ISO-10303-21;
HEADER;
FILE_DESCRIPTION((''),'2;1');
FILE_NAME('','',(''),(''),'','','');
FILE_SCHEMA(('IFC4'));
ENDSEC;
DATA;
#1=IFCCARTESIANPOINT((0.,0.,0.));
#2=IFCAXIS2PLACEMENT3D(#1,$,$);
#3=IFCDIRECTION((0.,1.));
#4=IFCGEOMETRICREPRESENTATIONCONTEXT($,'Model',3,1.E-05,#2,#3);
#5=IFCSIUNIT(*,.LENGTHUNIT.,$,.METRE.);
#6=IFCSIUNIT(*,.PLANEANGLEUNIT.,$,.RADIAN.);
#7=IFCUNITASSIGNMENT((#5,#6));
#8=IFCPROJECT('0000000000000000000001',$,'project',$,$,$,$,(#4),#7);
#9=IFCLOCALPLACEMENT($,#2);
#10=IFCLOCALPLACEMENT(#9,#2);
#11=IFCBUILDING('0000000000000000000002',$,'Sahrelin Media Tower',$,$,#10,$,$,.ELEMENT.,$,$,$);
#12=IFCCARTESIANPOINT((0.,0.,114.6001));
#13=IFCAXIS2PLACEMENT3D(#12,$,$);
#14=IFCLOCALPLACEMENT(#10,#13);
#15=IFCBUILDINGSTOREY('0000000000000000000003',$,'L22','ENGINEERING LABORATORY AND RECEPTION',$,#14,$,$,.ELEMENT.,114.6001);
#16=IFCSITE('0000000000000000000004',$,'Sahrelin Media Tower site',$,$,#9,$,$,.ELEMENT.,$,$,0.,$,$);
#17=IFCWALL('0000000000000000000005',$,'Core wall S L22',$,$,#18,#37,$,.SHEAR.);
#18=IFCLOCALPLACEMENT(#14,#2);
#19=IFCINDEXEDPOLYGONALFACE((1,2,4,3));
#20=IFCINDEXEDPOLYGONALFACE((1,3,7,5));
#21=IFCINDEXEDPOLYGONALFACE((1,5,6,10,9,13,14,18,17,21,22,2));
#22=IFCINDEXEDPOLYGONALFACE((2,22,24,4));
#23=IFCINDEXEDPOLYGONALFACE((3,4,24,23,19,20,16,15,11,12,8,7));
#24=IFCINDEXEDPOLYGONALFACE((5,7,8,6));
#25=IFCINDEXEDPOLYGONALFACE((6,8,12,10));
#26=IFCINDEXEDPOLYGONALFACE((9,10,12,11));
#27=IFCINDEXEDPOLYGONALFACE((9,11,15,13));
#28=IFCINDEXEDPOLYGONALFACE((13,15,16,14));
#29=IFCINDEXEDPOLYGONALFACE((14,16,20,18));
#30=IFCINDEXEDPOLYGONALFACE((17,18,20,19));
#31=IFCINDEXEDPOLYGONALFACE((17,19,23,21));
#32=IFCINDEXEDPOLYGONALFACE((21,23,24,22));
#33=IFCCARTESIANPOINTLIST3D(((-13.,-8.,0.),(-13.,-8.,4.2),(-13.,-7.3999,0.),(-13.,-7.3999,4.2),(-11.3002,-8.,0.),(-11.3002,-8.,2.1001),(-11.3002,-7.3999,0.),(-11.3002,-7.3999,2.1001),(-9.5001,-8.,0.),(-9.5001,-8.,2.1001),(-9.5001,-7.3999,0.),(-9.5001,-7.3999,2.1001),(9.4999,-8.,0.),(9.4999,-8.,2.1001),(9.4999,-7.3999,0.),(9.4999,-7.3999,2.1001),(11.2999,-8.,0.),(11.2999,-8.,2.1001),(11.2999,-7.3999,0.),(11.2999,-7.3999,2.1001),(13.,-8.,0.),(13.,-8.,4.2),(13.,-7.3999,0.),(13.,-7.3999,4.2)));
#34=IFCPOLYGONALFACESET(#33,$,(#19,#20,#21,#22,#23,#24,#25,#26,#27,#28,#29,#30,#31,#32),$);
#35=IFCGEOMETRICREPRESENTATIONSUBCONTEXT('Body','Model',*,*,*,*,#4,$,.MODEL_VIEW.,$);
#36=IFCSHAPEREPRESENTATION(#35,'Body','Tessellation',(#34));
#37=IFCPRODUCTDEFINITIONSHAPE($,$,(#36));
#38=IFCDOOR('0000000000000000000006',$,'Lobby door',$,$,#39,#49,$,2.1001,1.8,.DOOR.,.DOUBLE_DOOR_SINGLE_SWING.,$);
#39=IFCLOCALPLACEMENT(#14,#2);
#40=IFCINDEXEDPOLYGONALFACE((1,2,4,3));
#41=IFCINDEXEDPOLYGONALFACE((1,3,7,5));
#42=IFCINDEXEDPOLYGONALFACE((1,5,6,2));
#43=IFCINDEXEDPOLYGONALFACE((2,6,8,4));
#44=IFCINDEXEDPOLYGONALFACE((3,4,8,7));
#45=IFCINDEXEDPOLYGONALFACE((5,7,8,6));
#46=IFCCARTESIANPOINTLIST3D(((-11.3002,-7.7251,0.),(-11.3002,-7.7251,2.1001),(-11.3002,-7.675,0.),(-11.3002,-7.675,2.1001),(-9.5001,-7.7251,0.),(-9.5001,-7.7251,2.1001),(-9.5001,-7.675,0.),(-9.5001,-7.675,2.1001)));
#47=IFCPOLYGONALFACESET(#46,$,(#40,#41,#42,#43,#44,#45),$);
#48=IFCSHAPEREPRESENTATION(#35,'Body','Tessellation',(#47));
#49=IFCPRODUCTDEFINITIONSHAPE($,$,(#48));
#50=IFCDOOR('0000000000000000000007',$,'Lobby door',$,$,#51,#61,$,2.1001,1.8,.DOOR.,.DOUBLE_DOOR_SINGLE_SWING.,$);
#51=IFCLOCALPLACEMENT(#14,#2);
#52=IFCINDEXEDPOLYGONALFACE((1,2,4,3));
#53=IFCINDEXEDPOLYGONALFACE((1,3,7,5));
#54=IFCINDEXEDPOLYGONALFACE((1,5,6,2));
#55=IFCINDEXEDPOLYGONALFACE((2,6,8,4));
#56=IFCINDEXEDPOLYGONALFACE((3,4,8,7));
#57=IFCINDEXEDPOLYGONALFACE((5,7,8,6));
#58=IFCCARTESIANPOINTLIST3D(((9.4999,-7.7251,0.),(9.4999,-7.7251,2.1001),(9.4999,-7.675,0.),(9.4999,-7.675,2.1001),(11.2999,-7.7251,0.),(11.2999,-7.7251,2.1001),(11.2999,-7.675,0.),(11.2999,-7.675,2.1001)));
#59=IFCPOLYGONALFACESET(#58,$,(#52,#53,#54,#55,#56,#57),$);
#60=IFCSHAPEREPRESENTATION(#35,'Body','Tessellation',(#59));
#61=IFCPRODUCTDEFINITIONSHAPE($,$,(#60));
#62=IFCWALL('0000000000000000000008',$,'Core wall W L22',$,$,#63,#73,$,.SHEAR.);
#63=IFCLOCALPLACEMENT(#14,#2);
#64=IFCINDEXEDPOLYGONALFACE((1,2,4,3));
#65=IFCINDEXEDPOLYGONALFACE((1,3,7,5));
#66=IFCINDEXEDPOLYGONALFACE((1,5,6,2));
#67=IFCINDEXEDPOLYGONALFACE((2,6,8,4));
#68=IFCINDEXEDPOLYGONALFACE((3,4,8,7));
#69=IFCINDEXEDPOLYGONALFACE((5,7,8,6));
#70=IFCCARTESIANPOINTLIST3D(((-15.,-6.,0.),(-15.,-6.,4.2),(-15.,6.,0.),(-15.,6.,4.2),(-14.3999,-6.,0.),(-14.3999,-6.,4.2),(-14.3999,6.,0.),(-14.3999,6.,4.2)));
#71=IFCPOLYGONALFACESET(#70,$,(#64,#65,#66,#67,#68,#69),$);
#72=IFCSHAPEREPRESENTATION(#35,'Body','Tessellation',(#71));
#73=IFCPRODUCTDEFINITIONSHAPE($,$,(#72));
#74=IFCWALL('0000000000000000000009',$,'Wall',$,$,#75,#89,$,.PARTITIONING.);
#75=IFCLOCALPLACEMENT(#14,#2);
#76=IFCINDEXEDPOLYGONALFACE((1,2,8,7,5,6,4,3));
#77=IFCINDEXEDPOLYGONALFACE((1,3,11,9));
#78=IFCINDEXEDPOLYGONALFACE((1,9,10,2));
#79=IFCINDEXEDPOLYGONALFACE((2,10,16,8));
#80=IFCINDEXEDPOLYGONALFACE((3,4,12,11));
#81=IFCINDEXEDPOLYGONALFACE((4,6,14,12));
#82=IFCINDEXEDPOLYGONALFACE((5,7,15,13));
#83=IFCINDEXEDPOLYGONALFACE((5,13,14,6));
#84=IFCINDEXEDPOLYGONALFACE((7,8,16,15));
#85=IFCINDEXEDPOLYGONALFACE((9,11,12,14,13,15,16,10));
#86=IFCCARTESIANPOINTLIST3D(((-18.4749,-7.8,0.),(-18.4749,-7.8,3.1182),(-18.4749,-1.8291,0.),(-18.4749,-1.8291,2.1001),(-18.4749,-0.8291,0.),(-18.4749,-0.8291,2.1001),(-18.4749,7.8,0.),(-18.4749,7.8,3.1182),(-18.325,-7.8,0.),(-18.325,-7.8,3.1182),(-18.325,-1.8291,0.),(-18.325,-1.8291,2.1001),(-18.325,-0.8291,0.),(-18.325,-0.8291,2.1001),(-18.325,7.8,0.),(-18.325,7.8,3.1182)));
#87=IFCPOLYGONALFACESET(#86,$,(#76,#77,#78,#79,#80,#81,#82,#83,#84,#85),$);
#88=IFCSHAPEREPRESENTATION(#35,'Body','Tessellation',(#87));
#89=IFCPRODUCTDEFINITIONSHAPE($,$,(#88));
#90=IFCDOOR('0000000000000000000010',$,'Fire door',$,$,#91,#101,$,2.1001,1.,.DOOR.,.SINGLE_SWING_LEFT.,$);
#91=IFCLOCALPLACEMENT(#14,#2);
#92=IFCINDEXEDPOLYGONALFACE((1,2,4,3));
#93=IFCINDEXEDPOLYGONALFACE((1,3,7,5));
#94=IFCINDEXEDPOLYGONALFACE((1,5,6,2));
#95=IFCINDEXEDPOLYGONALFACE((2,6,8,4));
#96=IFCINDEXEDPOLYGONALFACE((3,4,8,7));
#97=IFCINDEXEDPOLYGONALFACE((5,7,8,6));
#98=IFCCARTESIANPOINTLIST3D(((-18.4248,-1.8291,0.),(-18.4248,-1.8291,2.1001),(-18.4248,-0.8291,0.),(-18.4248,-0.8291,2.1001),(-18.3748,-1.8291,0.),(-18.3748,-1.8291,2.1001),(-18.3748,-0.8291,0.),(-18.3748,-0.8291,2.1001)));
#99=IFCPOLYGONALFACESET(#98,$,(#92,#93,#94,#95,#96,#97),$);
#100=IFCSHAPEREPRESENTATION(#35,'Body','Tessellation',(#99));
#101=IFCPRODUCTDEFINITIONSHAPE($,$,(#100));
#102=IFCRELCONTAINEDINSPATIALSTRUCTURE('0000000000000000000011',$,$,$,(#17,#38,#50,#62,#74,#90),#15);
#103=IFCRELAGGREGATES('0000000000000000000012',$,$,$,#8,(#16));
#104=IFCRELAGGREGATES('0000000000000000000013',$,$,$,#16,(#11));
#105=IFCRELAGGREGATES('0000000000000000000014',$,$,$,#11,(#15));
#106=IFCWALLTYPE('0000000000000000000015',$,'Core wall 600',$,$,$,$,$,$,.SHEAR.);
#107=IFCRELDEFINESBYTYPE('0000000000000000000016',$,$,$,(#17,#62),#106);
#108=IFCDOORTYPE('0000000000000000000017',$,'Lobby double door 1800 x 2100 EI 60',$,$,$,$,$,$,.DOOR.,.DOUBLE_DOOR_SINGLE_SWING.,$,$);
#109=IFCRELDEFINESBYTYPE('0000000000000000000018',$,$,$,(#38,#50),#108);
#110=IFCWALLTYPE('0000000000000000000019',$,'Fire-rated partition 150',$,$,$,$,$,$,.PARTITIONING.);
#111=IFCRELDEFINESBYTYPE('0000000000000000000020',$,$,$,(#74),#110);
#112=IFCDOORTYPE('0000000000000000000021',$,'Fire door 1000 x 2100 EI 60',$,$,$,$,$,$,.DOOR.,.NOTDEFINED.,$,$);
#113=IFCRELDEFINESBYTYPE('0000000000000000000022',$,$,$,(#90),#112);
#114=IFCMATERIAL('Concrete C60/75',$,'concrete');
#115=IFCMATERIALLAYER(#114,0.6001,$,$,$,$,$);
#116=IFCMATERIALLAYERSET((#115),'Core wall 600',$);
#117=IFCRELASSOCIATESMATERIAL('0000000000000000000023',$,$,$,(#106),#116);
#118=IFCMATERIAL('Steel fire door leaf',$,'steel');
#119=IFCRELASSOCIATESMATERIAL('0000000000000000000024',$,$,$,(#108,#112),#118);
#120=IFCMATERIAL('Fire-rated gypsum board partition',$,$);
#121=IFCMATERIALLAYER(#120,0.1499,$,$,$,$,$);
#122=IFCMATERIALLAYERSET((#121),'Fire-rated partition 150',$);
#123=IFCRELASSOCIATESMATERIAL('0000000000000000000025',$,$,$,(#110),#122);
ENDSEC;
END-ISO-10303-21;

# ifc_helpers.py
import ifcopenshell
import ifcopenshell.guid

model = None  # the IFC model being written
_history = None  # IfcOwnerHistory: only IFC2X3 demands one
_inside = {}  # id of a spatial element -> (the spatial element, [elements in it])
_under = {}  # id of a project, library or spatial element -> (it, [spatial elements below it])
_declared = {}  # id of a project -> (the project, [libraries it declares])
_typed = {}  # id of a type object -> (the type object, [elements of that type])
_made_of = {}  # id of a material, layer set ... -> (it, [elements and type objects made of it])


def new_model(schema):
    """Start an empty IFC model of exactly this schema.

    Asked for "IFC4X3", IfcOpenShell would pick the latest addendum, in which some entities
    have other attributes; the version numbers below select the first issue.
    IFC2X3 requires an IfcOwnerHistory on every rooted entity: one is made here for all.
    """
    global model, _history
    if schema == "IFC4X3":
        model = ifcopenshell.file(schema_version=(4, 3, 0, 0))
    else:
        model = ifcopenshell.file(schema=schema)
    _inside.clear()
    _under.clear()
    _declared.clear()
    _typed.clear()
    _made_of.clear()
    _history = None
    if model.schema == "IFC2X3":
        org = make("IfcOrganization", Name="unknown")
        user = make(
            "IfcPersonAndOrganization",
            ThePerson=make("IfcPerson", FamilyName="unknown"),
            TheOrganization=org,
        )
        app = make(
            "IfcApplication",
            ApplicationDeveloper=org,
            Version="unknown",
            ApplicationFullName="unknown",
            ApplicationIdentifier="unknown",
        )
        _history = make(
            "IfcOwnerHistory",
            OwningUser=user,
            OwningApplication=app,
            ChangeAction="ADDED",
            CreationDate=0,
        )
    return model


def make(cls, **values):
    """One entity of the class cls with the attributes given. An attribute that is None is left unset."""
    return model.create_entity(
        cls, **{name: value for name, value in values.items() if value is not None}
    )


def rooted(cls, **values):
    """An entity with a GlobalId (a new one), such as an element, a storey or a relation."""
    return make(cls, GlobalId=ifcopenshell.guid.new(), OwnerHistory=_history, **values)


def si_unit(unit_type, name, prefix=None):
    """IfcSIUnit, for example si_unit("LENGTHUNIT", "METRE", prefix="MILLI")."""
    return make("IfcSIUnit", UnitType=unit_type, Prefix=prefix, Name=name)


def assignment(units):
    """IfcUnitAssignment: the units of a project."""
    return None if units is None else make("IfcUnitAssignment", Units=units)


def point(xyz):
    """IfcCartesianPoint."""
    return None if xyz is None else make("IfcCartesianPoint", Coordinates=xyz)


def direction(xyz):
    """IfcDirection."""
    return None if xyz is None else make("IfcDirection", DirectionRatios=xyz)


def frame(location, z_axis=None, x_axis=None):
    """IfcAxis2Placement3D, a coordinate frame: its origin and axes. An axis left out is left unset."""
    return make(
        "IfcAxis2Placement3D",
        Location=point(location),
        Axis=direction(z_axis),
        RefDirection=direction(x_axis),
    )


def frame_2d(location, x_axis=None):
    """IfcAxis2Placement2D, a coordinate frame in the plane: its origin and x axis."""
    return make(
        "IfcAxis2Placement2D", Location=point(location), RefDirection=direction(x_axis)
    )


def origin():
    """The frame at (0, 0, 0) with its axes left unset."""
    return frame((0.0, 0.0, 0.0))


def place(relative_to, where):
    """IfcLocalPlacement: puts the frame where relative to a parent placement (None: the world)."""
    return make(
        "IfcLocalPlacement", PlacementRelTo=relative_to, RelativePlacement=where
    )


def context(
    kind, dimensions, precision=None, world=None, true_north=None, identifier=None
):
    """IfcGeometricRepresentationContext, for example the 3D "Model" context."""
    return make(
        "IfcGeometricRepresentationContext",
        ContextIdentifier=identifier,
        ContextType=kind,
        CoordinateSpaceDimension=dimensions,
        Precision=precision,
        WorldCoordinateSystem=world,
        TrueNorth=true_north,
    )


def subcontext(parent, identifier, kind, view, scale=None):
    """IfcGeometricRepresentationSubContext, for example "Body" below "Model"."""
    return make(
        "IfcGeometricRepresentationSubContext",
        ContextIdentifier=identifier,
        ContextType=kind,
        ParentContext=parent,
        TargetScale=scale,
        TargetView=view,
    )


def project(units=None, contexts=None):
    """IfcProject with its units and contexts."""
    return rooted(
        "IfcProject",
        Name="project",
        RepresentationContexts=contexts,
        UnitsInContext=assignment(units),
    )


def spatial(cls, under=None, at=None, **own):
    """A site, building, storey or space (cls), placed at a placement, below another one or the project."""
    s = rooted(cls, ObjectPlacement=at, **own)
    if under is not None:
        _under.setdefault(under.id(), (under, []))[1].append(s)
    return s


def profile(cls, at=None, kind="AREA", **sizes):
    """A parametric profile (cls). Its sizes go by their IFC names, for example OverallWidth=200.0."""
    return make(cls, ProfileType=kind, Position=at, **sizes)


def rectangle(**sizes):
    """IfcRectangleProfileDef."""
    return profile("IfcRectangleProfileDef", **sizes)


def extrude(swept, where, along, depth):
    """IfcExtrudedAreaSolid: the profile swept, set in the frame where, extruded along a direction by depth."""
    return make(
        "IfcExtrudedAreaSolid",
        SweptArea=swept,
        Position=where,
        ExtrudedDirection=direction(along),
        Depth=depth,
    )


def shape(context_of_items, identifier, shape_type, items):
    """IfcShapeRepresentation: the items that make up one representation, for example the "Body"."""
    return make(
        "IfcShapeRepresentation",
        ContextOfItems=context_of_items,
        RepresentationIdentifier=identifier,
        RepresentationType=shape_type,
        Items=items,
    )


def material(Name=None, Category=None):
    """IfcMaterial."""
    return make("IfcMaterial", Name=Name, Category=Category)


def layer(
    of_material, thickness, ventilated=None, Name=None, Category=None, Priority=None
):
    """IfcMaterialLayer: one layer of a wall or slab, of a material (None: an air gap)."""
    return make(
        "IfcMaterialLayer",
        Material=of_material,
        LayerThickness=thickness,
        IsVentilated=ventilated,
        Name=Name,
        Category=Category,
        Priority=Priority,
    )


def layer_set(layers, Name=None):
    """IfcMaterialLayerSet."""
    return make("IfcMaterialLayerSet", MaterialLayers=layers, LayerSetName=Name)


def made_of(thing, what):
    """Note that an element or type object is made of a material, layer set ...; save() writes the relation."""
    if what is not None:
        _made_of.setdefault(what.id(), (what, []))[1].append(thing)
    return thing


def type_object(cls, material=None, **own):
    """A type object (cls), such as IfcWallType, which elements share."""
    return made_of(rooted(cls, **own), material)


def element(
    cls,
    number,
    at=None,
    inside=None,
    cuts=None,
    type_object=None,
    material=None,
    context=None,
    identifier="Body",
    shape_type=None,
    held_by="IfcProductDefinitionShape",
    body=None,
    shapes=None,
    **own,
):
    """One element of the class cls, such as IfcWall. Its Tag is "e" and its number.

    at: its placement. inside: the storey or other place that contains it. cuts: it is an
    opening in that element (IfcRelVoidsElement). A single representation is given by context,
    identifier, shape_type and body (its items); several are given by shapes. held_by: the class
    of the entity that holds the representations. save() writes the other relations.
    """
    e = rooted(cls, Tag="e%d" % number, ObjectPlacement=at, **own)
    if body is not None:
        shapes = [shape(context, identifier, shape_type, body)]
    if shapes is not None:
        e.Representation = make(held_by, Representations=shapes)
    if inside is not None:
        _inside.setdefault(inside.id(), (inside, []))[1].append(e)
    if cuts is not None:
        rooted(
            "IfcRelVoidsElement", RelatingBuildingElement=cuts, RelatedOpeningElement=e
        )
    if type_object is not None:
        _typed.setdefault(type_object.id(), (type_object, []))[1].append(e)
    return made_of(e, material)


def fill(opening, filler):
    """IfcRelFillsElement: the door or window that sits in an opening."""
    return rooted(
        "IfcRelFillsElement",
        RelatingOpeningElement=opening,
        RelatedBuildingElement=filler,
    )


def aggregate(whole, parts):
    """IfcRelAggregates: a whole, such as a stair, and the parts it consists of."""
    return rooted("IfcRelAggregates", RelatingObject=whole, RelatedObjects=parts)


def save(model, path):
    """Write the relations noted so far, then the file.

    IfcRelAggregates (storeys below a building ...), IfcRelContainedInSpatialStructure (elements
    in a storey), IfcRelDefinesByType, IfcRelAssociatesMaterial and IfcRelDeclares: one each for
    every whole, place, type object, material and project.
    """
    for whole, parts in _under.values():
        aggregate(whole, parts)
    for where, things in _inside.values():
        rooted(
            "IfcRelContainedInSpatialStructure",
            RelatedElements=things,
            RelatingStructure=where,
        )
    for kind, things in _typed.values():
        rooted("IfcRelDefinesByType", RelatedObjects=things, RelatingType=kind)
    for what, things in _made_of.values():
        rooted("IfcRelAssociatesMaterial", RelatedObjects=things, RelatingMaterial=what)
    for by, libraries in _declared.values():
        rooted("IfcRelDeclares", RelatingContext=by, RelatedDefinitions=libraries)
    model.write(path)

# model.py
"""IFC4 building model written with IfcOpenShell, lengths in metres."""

from ifc_helpers import new_model, si_unit, direction, frame, frame_2d, origin, place, context, subcontext, project, spatial, rectangle, extrude, material, layer, layer_set, type_object, element, fill, save


model = new_model("IFC4")

# Units and contexts
model_context = context("Model", 3, precision=1e-05, world=origin(), true_north=direction((0.0, 1.0)))
body_context = subcontext(model_context, "Body", "Model", "MODEL_VIEW")
ifc_project = project(units=[si_unit("LENGTHUNIT", "METRE"), si_unit("PLANEANGLEUNIT", "RADIAN")], contexts=[model_context])

# Site, building, storey
site_placement = place(None, origin())
site = spatial("IfcSite", under=ifc_project, at=site_placement, Name="Sahrelin Media Tower site", CompositionType="ELEMENT", RefElevation=0.0)
building_placement = place(site_placement, origin())
building = spatial("IfcBuilding", under=site, at=building_placement, Name="Sahrelin Media Tower", CompositionType="ELEMENT")
storey_placement = place(building_placement, frame((0.0, 0.0, 114.6001)))
storey = spatial("IfcBuildingStorey", under=building, at=storey_placement, Name="L22", Description="ENGINEERING LABORATORY AND RECEPTION", CompositionType="ELEMENT", Elevation=114.6001)

# Wall, openings, doors
ifc_material_1 = material(Name="Concrete C60/75", Category="concrete")
ifc_layer_1 = layer(ifc_material_1, 0.6001)
ifc_layer_set_1 = layer_set([ifc_layer_1], Name="Core wall 600")
wall_type_1 = type_object("IfcWallType", Name="Core wall 600", PredefinedType="SHEAR", material=ifc_layer_set_1)
wall_1_placement = place(storey_placement, frame((-13.0, -7.7, 0.0), z_axis=(0.0, 0.0, 1.0), x_axis=(1.0, 0.0, 0.0)))
wall_1 = element("IfcWall", 1, at=wall_1_placement, inside=storey, type_object=wall_type_1, Name="Core wall S L22", PredefinedType="SHEAR", context=body_context, shape_type="SweptSolid", body=[
    extrude(rectangle(XDim=26.0, YDim=0.6001, at=frame_2d((13.0, 0.0))), origin(), (0.0, 0.0, 1.0), 4.2),
])
opening_1_placement = place(wall_1_placement, frame((1.7, 0.0, 0.0)))
opening_1 = element("IfcOpeningElement", 2, at=opening_1_placement, cuts=wall_1, PredefinedType="OPENING", context=body_context, shape_type="SweptSolid", body=[
    extrude(rectangle(XDim=1.8, YDim=2.1001, at=frame_2d((0.8999, 1.05))), frame((0.0, 0.3, 0.0), z_axis=(0.0, -1.0, 0.0), x_axis=(1.0, 0.0, 0.0)), (0.0, 0.0, 1.0), 0.6001),
])
opening_2_placement = place(wall_1_placement, frame((22.5, 0.0, 0.0)))
opening_2 = element("IfcOpeningElement", 3, at=opening_2_placement, cuts=wall_1, PredefinedType="OPENING", context=body_context, shape_type="SweptSolid", body=[
    extrude(rectangle(XDim=1.8, YDim=2.1001, at=frame_2d((0.8999, 1.05))), frame((0.0, 0.3, 0.0), z_axis=(0.0, -1.0, 0.0), x_axis=(1.0, 0.0, 0.0)), (0.0, 0.0, 1.0), 0.6001),
])
ifc_material_2 = material(Name="Steel fire door leaf", Category="steel")
door_type_1 = type_object("IfcDoorType", Name="Lobby double door 1800 x 2100 EI 60", OperationType="DOUBLE_DOOR_SINGLE_SWING", PredefinedType="DOOR", material=ifc_material_2)
door_1_placement = place(opening_1_placement, origin())
door_1 = element("IfcDoor", 4, at=door_1_placement, inside=storey, type_object=door_type_1, Name="Lobby door", OperationType="DOUBLE_DOOR_SINGLE_SWING", OverallHeight=2.1001, OverallWidth=1.8, PredefinedType="DOOR", context=body_context, shape_type="SweptSolid", body=[
    extrude(rectangle(XDim=1.8, YDim=2.1001, at=frame_2d((0.8999, 1.05))), frame((0.0, 0.0249, 0.0), z_axis=(0.0, -1.0, 0.0), x_axis=(1.0, 0.0, 0.0)), (0.0, 0.0, 1.0), 0.05),
])
fill(opening_1, door_1)
door_2_placement = place(opening_2_placement, origin())
door_2 = element("IfcDoor", 5, at=door_2_placement, inside=storey, type_object=door_type_1, Name="Lobby door", OperationType="DOUBLE_DOOR_SINGLE_SWING", OverallHeight=2.1001, OverallWidth=1.8, PredefinedType="DOOR", context=body_context, shape_type="SweptSolid", body=[
    extrude(rectangle(XDim=1.8, YDim=2.1001, at=frame_2d((0.8999, 1.05))), frame((0.0, 0.0249, 0.0), z_axis=(0.0, -1.0, 0.0), x_axis=(1.0, 0.0, 0.0)), (0.0, 0.0, 1.0), 0.05),
])
fill(opening_2, door_2)

# Wall
wall_2_placement = place(storey_placement, frame((-14.7, -6.0, 0.0), z_axis=(0.0, 0.0, 1.0), x_axis=(0.0, 1.0, 0.0)))
element("IfcWall", 6, at=wall_2_placement, inside=storey, type_object=wall_type_1, Name="Core wall W L22", PredefinedType="SHEAR", context=body_context, shape_type="SweptSolid", body=[
    extrude(rectangle(XDim=12.0, YDim=0.6001, at=frame_2d((6.0, 0.0))), origin(), (0.0, 0.0, 1.0), 4.2),
])

# Wall, opening, door
ifc_material_3 = material(Name="Fire-rated gypsum board partition")
ifc_layer_2 = layer(ifc_material_3, 0.1499)
ifc_layer_set_2 = layer_set([ifc_layer_2], Name="Fire-rated partition 150")
wall_type_2 = type_object("IfcWallType", Name="Fire-rated partition 150", PredefinedType="PARTITIONING", material=ifc_layer_set_2)
wall_3_placement = place(storey_placement, frame((-18.3999, -7.8, 0.0), z_axis=(0.0, 0.0, 1.0), x_axis=(0.0, 1.0, 0.0)))
wall_3 = element("IfcWall", 7, at=wall_3_placement, inside=storey, type_object=wall_type_2, Name="Wall", PredefinedType="PARTITIONING", context=body_context, shape_type="SweptSolid", body=[
    extrude(rectangle(XDim=15.6001, YDim=0.1499, at=frame_2d((7.8, 0.0))), origin(), (0.0, 0.0, 1.0), 3.1182),
])
opening_3_placement = place(wall_3_placement, frame((5.9709, 0.0, 0.0)))
opening_3 = element("IfcOpeningElement", 8, at=opening_3_placement, cuts=wall_3, PredefinedType="OPENING", context=body_context, shape_type="SweptSolid", body=[
    extrude(rectangle(XDim=1.0, YDim=2.1001, at=frame_2d((0.5, 1.05))), frame((0.0, 0.075, 0.0), z_axis=(0.0, -1.0, 0.0), x_axis=(1.0, 0.0, 0.0)), (0.0, 0.0, 1.0), 0.1499),
])
door_type_2 = type_object("IfcDoorType", Name="Fire door 1000 x 2100 EI 60", OperationType="NOTDEFINED", PredefinedType="DOOR", material=ifc_material_2)
door_3_placement = place(opening_3_placement, origin())
door_3 = element("IfcDoor", 9, at=door_3_placement, inside=storey, type_object=door_type_2, Name="Fire door", OperationType="SINGLE_SWING_LEFT", OverallHeight=2.1001, OverallWidth=1.0, PredefinedType="DOOR", context=body_context, shape_type="SweptSolid", body=[
    extrude(rectangle(XDim=1.0, YDim=2.1001, at=frame_2d((0.5, 1.05))), frame((0.0, 0.0249, 0.0), z_axis=(0.0, -1.0, 0.0), x_axis=(1.0, 0.0, 0.0)), (0.0, 0.0, 1.0), 0.05),
])
fill(opening_3, door_3)

save(model, "model.ifc")
